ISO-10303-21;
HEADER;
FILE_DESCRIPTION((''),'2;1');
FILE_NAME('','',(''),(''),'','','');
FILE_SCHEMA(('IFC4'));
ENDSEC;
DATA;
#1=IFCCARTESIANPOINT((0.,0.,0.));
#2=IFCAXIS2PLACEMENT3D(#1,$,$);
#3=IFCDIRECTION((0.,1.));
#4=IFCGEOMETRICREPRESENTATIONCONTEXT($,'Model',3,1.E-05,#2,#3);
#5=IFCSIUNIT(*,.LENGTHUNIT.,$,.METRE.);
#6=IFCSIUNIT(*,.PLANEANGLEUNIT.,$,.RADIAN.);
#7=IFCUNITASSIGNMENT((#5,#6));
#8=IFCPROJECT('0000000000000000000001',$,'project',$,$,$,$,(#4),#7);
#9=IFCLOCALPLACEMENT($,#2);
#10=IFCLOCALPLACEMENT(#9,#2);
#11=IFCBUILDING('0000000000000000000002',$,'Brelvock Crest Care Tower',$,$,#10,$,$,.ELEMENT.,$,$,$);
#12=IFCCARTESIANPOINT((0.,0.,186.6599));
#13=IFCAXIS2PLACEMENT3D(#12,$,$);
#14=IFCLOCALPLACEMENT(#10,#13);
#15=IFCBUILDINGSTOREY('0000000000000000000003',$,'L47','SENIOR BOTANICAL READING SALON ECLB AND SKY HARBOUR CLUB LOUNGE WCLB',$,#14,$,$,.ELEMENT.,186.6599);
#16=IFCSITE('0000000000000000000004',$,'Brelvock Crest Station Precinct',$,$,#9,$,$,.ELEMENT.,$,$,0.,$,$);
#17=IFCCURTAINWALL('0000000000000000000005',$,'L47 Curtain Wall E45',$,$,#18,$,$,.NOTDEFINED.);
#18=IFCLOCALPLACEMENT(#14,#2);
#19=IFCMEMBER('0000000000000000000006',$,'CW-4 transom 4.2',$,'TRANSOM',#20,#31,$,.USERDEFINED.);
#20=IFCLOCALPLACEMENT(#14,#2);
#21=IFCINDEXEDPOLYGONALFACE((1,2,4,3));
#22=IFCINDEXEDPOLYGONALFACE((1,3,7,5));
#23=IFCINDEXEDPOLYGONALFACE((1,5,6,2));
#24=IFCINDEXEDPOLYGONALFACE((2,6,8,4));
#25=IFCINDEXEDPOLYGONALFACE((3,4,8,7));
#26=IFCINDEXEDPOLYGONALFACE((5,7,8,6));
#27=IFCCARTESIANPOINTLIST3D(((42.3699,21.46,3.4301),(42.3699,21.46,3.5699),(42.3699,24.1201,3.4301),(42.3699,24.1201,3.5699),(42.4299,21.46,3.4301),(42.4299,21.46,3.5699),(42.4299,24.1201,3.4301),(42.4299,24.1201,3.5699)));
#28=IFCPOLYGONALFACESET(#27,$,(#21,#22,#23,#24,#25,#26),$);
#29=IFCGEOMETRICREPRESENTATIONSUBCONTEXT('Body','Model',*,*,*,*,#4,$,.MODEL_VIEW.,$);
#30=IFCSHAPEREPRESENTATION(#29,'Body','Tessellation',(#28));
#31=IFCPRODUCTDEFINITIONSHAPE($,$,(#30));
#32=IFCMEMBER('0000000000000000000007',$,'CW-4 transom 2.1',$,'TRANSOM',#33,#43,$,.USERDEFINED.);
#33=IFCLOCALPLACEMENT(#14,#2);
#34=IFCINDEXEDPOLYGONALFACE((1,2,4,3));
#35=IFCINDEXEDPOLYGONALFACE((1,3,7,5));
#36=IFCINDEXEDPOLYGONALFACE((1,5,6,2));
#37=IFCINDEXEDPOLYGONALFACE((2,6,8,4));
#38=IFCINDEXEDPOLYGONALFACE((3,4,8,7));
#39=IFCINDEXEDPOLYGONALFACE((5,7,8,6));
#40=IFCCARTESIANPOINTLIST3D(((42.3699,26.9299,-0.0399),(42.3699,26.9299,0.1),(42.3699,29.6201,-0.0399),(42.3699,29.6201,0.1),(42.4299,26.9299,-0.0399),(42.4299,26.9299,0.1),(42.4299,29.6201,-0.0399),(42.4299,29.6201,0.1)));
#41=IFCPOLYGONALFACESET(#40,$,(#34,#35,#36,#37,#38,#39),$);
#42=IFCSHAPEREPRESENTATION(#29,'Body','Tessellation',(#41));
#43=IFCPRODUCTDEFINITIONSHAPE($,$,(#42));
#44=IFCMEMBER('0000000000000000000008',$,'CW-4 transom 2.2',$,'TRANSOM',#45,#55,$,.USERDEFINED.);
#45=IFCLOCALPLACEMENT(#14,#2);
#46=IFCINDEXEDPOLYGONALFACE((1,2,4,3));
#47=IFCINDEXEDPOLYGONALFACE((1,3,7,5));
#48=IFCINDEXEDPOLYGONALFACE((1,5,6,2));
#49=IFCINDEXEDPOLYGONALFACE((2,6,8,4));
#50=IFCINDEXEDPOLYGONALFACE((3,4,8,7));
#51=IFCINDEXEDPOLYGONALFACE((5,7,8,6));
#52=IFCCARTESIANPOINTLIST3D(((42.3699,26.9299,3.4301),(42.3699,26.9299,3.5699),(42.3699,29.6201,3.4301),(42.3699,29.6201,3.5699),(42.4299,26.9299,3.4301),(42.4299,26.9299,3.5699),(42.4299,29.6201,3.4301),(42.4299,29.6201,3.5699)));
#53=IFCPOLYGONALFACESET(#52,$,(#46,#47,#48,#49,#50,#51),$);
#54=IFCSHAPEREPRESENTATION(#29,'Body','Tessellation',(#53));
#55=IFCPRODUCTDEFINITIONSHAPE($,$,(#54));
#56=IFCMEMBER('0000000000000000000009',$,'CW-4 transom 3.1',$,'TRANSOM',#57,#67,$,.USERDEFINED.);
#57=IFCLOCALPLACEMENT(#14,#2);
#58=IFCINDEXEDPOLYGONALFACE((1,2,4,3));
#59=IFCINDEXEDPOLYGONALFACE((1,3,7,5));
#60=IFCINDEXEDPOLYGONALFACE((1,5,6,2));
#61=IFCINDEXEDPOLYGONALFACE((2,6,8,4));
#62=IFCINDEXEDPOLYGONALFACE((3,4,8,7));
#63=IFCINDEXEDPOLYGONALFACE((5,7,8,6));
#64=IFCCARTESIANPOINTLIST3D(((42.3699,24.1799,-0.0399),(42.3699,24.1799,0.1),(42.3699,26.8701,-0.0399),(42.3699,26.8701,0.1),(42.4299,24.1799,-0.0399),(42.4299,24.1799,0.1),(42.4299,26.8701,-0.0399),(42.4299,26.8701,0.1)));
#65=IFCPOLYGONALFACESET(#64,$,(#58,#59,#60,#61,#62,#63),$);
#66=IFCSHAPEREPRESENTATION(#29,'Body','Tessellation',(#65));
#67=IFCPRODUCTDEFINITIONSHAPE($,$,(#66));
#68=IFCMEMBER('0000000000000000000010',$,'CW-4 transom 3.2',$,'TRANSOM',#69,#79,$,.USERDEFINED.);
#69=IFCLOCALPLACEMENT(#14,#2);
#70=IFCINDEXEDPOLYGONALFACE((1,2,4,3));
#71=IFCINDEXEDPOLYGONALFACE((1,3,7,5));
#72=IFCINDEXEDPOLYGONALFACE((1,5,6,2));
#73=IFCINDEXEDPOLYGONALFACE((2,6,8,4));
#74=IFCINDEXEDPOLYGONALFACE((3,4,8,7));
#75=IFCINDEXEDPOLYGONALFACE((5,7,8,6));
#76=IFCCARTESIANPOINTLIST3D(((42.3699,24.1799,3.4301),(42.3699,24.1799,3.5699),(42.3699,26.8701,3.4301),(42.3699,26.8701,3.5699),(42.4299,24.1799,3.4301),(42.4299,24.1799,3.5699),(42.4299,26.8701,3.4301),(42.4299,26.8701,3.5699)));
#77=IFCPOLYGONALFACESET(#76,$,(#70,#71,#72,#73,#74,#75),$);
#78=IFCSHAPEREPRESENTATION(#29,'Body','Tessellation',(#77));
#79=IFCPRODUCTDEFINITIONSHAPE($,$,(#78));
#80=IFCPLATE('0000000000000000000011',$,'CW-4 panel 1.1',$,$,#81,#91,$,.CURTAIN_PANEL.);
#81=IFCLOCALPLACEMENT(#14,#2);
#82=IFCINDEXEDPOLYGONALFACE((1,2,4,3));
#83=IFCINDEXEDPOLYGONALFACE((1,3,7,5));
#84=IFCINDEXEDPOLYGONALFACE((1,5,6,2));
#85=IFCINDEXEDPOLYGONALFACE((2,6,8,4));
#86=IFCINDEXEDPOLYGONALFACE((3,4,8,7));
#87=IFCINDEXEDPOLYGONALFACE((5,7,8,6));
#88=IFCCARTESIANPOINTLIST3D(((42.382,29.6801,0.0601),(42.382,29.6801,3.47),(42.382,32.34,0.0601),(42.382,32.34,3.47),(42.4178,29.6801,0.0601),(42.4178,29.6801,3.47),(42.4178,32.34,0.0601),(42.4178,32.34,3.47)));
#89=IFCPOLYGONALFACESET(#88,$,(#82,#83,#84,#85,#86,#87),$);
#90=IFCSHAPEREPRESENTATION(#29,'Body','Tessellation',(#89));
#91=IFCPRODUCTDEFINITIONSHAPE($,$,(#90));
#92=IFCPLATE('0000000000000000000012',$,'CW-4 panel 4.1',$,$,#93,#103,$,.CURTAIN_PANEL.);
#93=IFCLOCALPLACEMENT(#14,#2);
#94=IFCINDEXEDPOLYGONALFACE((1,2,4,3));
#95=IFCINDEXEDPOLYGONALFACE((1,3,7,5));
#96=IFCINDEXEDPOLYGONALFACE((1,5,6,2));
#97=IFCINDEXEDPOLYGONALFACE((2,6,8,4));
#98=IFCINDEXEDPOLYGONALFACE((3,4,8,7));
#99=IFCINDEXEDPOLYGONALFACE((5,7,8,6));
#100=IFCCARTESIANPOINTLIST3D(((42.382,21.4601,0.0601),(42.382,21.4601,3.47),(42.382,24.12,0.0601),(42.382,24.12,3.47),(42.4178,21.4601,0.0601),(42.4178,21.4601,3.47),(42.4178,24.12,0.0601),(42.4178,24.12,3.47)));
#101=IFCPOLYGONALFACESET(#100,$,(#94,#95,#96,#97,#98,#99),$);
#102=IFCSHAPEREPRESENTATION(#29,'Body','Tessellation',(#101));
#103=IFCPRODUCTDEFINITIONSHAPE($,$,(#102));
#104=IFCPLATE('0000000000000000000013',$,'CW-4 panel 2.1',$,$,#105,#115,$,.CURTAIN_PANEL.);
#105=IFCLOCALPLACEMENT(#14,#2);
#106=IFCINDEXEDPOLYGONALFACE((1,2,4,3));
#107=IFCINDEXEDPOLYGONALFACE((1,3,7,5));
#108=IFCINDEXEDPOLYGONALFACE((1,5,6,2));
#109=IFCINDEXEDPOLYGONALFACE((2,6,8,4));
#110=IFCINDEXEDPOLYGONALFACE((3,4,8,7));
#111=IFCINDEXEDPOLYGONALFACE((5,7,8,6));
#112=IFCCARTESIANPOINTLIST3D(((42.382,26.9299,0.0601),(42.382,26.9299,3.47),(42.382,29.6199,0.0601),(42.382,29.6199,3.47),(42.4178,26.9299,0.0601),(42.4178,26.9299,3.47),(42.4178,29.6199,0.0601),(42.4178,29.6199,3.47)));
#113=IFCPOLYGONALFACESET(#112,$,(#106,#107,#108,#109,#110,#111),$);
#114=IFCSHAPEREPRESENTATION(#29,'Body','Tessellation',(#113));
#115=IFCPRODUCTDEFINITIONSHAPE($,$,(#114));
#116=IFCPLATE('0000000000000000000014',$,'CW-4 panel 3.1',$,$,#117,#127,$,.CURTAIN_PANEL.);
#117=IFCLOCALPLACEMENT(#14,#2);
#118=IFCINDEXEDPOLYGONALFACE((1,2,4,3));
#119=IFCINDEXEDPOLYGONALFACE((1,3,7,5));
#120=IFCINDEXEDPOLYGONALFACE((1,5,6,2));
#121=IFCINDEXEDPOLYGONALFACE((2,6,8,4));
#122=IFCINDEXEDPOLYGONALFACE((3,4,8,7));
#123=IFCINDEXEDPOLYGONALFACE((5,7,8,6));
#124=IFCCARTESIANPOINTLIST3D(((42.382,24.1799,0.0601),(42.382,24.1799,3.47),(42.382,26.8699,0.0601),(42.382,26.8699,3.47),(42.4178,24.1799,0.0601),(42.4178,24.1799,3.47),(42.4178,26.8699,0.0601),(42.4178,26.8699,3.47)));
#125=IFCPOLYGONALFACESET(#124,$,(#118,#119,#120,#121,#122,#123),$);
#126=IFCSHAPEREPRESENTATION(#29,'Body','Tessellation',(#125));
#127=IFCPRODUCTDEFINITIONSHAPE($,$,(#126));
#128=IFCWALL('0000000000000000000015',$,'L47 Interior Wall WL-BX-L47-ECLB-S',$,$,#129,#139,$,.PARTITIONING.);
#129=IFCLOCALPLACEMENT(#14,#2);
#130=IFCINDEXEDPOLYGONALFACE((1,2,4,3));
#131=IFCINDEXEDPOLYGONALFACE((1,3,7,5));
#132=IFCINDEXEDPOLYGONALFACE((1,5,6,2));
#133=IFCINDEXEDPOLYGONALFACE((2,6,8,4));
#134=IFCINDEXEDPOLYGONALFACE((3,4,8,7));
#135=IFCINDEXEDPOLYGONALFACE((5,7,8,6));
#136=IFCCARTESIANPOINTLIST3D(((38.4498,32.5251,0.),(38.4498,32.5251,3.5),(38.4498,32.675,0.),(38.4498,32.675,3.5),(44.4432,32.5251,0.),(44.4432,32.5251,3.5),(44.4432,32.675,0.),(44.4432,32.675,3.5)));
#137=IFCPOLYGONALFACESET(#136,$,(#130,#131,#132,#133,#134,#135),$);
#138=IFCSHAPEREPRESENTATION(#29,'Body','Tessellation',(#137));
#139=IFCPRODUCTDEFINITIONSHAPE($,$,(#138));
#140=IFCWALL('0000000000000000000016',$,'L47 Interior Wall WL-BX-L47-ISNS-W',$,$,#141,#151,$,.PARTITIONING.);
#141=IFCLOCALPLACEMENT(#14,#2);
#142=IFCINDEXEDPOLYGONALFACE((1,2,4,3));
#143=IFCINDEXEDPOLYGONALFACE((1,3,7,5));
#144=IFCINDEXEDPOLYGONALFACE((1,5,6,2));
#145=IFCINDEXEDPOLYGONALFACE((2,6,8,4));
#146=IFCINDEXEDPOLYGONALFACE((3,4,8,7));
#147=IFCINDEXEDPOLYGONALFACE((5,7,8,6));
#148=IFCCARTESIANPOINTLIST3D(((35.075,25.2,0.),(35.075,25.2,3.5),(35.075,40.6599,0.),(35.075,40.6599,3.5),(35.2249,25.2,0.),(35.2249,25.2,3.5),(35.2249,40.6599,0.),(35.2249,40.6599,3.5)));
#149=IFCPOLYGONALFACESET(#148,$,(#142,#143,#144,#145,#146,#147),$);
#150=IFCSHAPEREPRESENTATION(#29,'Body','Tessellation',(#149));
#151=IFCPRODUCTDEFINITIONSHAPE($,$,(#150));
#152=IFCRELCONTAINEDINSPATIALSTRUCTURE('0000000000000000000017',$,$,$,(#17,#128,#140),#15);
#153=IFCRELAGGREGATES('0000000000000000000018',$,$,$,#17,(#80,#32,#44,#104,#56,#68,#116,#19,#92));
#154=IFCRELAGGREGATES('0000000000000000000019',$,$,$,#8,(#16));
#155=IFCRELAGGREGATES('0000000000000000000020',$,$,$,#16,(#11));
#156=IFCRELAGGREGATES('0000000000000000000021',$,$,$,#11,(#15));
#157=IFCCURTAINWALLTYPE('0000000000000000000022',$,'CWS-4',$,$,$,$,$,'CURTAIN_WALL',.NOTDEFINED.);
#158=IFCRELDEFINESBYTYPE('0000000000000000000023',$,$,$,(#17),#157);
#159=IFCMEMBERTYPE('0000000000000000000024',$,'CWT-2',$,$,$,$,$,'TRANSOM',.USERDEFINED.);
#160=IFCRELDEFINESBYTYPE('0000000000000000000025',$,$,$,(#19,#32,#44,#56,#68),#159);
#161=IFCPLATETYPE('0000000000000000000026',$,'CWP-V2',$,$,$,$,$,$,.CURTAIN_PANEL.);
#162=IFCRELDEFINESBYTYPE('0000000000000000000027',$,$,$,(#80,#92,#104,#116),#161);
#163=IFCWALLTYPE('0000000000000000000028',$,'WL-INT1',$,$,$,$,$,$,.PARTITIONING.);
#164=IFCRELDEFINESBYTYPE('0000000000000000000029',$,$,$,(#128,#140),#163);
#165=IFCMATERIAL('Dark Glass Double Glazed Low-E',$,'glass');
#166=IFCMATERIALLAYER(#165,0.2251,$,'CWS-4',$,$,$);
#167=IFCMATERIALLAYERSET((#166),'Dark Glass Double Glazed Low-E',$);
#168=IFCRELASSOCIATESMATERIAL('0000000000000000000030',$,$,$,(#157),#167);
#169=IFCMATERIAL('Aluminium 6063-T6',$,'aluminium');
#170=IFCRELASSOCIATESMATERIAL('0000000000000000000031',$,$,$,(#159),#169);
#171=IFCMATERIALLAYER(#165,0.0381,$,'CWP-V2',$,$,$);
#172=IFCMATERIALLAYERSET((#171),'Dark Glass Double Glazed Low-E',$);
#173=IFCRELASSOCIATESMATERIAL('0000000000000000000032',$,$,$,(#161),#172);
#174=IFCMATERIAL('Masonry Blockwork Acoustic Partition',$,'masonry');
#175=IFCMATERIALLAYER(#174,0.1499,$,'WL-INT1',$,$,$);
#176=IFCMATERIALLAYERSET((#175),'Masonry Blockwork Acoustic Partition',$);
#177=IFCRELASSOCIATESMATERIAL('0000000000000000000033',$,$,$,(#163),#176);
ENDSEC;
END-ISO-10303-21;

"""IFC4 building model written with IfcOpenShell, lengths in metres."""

from ifc_helpers import new_model, si_unit, direction, frame, frame_2d, origin, origin_2d, place, context, subcontext, project, spatial, rectangle, extrude, source, transform, mapped, material, layer, layer_set, material_profile, profile_set, type_object, element, aggregate, save


model = new_model("IFC4")

# Units and contexts
model_context = context("Model", 3, precision=1e-05, world=origin(), true_north=direction((0.0, 1.0)))
body_context = subcontext(model_context, "Body", "Model", "MODEL_VIEW")
ifc_project = project(units=[si_unit("LENGTHUNIT", "METRE"), si_unit("PLANEANGLEUNIT", "RADIAN")], contexts=[model_context])

# Site, building, storey
site_placement = place(None, origin())
site = spatial("IfcSite", under=ifc_project, at=site_placement, Name="Brelvock Crest Station Precinct", CompositionType="ELEMENT", RefElevation=0.0)
building_placement = place(site_placement, origin())
building = spatial("IfcBuilding", under=site, at=building_placement, Name="Brelvock Crest Care Tower", CompositionType="ELEMENT")
storey_placement = place(building_placement, frame((0.0, 0.0, 186.6599)))
storey = spatial("IfcBuildingStorey", under=building, at=storey_placement, Name="L47", Description="SENIOR BOTANICAL READING SALON ECLB AND SKY HARBOUR CLUB LOUNGE WCLB", CompositionType="ELEMENT", Elevation=186.6599)

# Shared definitions
ifc_material_1 = material(Name="Dark Glass Double Glazed Low-E", Category="glass")
ifc_layer_1 = layer(ifc_material_1, 0.2251, Name="CWS-4")
ifc_layer_set_1 = layer_set([ifc_layer_1], Name="Dark Glass Double Glazed Low-E")
curtain_wall_type = type_object("IfcCurtainWallType", Name="CWS-4", ElementType="CURTAIN_WALL", PredefinedType="NOTDEFINED", material=ifc_layer_set_1)
ifc_material_2 = material(Name="Aluminium 6063-T6", Category="aluminium")

# Curtain wall, members, plates
curtain_wall_1_placement = place(storey_placement, origin())
curtain_wall_1 = element("IfcCurtainWall", 1, at=curtain_wall_1_placement, inside=storey, type_object=curtain_wall_type, Name="L47 Curtain Wall E45", PredefinedType="NOTDEFINED")
ifc_material_profile_1 = material_profile(ifc_material_2, rectangle(XDim=0.0601, YDim=0.1399, at=origin_2d()), Name="ALU60x140")
ifc_profile_set_1 = profile_set([ifc_material_profile_1], Name="Aluminium 6063-T6")
member_type_1 = type_object("IfcMemberType", Name="CWT-2", ElementType="TRANSOM", PredefinedType="USERDEFINED", material=ifc_profile_set_1)
shared_shape_1 = source(origin(), body_context, "Body", "SweptSolid", [
    extrude(rectangle(XDim=0.0601, YDim=0.1399, at=origin_2d()), origin(), (0.0, 0.0, 1.0), 2.6602),
])
member_1_placement = place(storey_placement, frame((42.3999, 24.1201, 3.5), z_axis=(0.0, -1.0, 0.0), x_axis=(1.0, 0.0, 0.0)))
member_1 = element("IfcMember", 2, at=member_1_placement, type_object=member_type_1, Name="CW-4 transom 4.2", ObjectType="TRANSOM", PredefinedType="USERDEFINED", context=body_context, shape_type="MappedRepresentation", body=[
    mapped(shared_shape_1, transform((0.0, 0.0, 0.0), x_axis=(1.0, 0.0, 0.0), y_axis=(0.0, 1.0, 0.0), z_axis=(0.0, 0.0, 1.0), scale=1.0)),
])
shared_shape_2 = source(origin(), body_context, "Body", "SweptSolid", [
    extrude(rectangle(XDim=0.0601, YDim=0.1399, at=origin_2d()), origin(), (0.0, 0.0, 1.0), 2.6902),
])
member_2_placement = place(storey_placement, frame((42.3999, 29.6201, 0.03), z_axis=(0.0, -1.0, 0.0), x_axis=(1.0, 0.0, 0.0)))
member_2 = element("IfcMember", 3, at=member_2_placement, type_object=member_type_1, Name="CW-4 transom 2.1", ObjectType="TRANSOM", PredefinedType="USERDEFINED", context=body_context, shape_type="MappedRepresentation", body=[
    mapped(shared_shape_2, transform((0.0, 0.0, 0.0), x_axis=(1.0, 0.0, 0.0), y_axis=(0.0, 1.0, 0.0), z_axis=(0.0, 0.0, 1.0), scale=1.0)),
])
member_3_placement = place(storey_placement, frame((42.3999, 29.6201, 3.5), z_axis=(0.0, -1.0, 0.0), x_axis=(1.0, 0.0, 0.0)))
member_3 = element("IfcMember", 4, at=member_3_placement, type_object=member_type_1, Name="CW-4 transom 2.2", ObjectType="TRANSOM", PredefinedType="USERDEFINED", context=body_context, shape_type="MappedRepresentation", body=[
    mapped(shared_shape_2, transform((0.0, 0.0, 0.0), x_axis=(1.0, 0.0, 0.0), y_axis=(0.0, 1.0, 0.0), z_axis=(0.0, 0.0, 1.0), scale=1.0)),
])
member_4_placement = place(storey_placement, frame((42.3999, 26.8701, 0.03), z_axis=(0.0, -1.0, 0.0), x_axis=(1.0, 0.0, 0.0)))
member_4 = element("IfcMember", 5, at=member_4_placement, type_object=member_type_1, Name="CW-4 transom 3.1", ObjectType="TRANSOM", PredefinedType="USERDEFINED", context=body_context, shape_type="MappedRepresentation", body=[
    mapped(shared_shape_2, transform((0.0, 0.0, 0.0), x_axis=(1.0, 0.0, 0.0), y_axis=(0.0, 1.0, 0.0), z_axis=(0.0, 0.0, 1.0), scale=1.0)),
])
member_5_placement = place(storey_placement, frame((42.3999, 26.8701, 3.5), z_axis=(0.0, -1.0, 0.0), x_axis=(1.0, 0.0, 0.0)))
member_5 = element("IfcMember", 6, at=member_5_placement, type_object=member_type_1, Name="CW-4 transom 3.2", ObjectType="TRANSOM", PredefinedType="USERDEFINED", context=body_context, shape_type="MappedRepresentation", body=[
    mapped(shared_shape_2, transform((0.0, 0.0, 0.0), x_axis=(1.0, 0.0, 0.0), y_axis=(0.0, 1.0, 0.0), z_axis=(0.0, 0.0, 1.0), scale=1.0)),
])
ifc_layer_2 = layer(ifc_material_1, 0.0381, Name="CWP-V2")
ifc_layer_set_2 = layer_set([ifc_layer_2], Name="Dark Glass Double Glazed Low-E")
plate_type = type_object("IfcPlateType", Name="CWP-V2", PredefinedType="CURTAIN_PANEL", material=ifc_layer_set_2)
shared_shape_3 = source(origin(), body_context, "Body", "SweptSolid", [
    extrude(rectangle(XDim=2.6599, YDim=0.0359, at=origin_2d()), origin(), (0.0, 0.0, 1.0), 3.4099),
])
plate_1_placement = place(storey_placement, frame((42.3999, 31.01, 0.0601), z_axis=(0.0, 0.0, 1.0), x_axis=(0.0, -1.0, 0.0)))
plate_1 = element("IfcPlate", 7, at=plate_1_placement, type_object=plate_type, Name="CW-4 panel 1.1", PredefinedType="CURTAIN_PANEL", context=body_context, shape_type="MappedRepresentation", body=[
    mapped(shared_shape_3, transform((0.0, 0.0, 0.0), x_axis=(1.0, 0.0, 0.0), y_axis=(0.0, 1.0, 0.0), z_axis=(0.0, 0.0, 1.0), scale=1.0)),
])
plate_2_placement = place(storey_placement, frame((42.3999, 22.79, 0.0601), z_axis=(0.0, 0.0, 1.0), x_axis=(0.0, -1.0, 0.0)))
plate_2 = element("IfcPlate", 8, at=plate_2_placement, type_object=plate_type, Name="CW-4 panel 4.1", PredefinedType="CURTAIN_PANEL", context=body_context, shape_type="MappedRepresentation", body=[
    mapped(shared_shape_3, transform((0.0, 0.0, 0.0), x_axis=(1.0, 0.0, 0.0), y_axis=(0.0, 1.0, 0.0), z_axis=(0.0, 0.0, 1.0), scale=1.0)),
])
shared_shape_4 = source(origin(), body_context, "Body", "SweptSolid", [
    extrude(rectangle(XDim=2.6899, YDim=0.0359, at=origin_2d()), origin(), (0.0, 0.0, 1.0), 3.4099),
])
plate_3_placement = place(storey_placement, frame((42.3999, 28.2749, 0.0601), z_axis=(0.0, 0.0, 1.0), x_axis=(0.0, -1.0, 0.0)))
plate_3 = element("IfcPlate", 9, at=plate_3_placement, type_object=plate_type, Name="CW-4 panel 2.1", PredefinedType="CURTAIN_PANEL", context=body_context, shape_type="MappedRepresentation", body=[
    mapped(shared_shape_4, transform((0.0, 0.0, 0.0), x_axis=(1.0, 0.0, 0.0), y_axis=(0.0, 1.0, 0.0), z_axis=(0.0, 0.0, 1.0), scale=1.0)),
])
plate_4_placement = place(storey_placement, frame((42.3999, 25.5249, 0.0601), z_axis=(0.0, 0.0, 1.0), x_axis=(0.0, -1.0, 0.0)))
plate_4 = element("IfcPlate", 10, at=plate_4_placement, type_object=plate_type, Name="CW-4 panel 3.1", PredefinedType="CURTAIN_PANEL", context=body_context, shape_type="MappedRepresentation", body=[
    mapped(shared_shape_4, transform((0.0, 0.0, 0.0), x_axis=(1.0, 0.0, 0.0), y_axis=(0.0, 1.0, 0.0), z_axis=(0.0, 0.0, 1.0), scale=1.0)),
])
aggregate(curtain_wall_1, [plate_1, member_2, member_3, plate_3, member_4, member_5, plate_4, member_1, plate_2])

# Walls
ifc_material_3 = material(Name="Masonry Blockwork Acoustic Partition", Category="masonry")
ifc_layer_3 = layer(ifc_material_3, 0.1499, Name="WL-INT1")
ifc_layer_set_3 = layer_set([ifc_layer_3], Name="Masonry Blockwork Acoustic Partition")
wall_type_1 = type_object("IfcWallType", Name="WL-INT1", PredefinedType="PARTITIONING", material=ifc_layer_set_3)
wall_1_placement = place(storey_placement, frame((38.45, 32.6001, 0.0), z_axis=(0.0, 0.0, 1.0), x_axis=(1.0, 0.0, 0.0)))
element("IfcWall", 11, at=wall_1_placement, inside=storey, type_object=wall_type_1, Name="L47 Interior Wall WL-BX-L47-ECLB-S", PredefinedType="PARTITIONING", context=body_context, shape_type="SweptSolid", body=[
    extrude(rectangle(XDim=5.9934, YDim=0.1499, at=frame_2d((2.9966, 0.0))), origin(), (0.0, 0.0, 1.0), 3.5),
])
wall_2_placement = place(storey_placement, frame((35.1499, 25.2, 0.0), z_axis=(0.0, 0.0, 1.0), x_axis=(0.0, 1.0, 0.0)))
element("IfcWall", 12, at=wall_2_placement, inside=storey, type_object=wall_type_1, Name="L47 Interior Wall WL-BX-L47-ISNS-W", PredefinedType="PARTITIONING", context=body_context, shape_type="SweptSolid", body=[
    extrude(rectangle(XDim=15.46, YDim=0.1499, at=frame_2d((7.73, 0.0))), origin(), (0.0, 0.0, 1.0), 3.5),
])

save(model, "model.ifc")
